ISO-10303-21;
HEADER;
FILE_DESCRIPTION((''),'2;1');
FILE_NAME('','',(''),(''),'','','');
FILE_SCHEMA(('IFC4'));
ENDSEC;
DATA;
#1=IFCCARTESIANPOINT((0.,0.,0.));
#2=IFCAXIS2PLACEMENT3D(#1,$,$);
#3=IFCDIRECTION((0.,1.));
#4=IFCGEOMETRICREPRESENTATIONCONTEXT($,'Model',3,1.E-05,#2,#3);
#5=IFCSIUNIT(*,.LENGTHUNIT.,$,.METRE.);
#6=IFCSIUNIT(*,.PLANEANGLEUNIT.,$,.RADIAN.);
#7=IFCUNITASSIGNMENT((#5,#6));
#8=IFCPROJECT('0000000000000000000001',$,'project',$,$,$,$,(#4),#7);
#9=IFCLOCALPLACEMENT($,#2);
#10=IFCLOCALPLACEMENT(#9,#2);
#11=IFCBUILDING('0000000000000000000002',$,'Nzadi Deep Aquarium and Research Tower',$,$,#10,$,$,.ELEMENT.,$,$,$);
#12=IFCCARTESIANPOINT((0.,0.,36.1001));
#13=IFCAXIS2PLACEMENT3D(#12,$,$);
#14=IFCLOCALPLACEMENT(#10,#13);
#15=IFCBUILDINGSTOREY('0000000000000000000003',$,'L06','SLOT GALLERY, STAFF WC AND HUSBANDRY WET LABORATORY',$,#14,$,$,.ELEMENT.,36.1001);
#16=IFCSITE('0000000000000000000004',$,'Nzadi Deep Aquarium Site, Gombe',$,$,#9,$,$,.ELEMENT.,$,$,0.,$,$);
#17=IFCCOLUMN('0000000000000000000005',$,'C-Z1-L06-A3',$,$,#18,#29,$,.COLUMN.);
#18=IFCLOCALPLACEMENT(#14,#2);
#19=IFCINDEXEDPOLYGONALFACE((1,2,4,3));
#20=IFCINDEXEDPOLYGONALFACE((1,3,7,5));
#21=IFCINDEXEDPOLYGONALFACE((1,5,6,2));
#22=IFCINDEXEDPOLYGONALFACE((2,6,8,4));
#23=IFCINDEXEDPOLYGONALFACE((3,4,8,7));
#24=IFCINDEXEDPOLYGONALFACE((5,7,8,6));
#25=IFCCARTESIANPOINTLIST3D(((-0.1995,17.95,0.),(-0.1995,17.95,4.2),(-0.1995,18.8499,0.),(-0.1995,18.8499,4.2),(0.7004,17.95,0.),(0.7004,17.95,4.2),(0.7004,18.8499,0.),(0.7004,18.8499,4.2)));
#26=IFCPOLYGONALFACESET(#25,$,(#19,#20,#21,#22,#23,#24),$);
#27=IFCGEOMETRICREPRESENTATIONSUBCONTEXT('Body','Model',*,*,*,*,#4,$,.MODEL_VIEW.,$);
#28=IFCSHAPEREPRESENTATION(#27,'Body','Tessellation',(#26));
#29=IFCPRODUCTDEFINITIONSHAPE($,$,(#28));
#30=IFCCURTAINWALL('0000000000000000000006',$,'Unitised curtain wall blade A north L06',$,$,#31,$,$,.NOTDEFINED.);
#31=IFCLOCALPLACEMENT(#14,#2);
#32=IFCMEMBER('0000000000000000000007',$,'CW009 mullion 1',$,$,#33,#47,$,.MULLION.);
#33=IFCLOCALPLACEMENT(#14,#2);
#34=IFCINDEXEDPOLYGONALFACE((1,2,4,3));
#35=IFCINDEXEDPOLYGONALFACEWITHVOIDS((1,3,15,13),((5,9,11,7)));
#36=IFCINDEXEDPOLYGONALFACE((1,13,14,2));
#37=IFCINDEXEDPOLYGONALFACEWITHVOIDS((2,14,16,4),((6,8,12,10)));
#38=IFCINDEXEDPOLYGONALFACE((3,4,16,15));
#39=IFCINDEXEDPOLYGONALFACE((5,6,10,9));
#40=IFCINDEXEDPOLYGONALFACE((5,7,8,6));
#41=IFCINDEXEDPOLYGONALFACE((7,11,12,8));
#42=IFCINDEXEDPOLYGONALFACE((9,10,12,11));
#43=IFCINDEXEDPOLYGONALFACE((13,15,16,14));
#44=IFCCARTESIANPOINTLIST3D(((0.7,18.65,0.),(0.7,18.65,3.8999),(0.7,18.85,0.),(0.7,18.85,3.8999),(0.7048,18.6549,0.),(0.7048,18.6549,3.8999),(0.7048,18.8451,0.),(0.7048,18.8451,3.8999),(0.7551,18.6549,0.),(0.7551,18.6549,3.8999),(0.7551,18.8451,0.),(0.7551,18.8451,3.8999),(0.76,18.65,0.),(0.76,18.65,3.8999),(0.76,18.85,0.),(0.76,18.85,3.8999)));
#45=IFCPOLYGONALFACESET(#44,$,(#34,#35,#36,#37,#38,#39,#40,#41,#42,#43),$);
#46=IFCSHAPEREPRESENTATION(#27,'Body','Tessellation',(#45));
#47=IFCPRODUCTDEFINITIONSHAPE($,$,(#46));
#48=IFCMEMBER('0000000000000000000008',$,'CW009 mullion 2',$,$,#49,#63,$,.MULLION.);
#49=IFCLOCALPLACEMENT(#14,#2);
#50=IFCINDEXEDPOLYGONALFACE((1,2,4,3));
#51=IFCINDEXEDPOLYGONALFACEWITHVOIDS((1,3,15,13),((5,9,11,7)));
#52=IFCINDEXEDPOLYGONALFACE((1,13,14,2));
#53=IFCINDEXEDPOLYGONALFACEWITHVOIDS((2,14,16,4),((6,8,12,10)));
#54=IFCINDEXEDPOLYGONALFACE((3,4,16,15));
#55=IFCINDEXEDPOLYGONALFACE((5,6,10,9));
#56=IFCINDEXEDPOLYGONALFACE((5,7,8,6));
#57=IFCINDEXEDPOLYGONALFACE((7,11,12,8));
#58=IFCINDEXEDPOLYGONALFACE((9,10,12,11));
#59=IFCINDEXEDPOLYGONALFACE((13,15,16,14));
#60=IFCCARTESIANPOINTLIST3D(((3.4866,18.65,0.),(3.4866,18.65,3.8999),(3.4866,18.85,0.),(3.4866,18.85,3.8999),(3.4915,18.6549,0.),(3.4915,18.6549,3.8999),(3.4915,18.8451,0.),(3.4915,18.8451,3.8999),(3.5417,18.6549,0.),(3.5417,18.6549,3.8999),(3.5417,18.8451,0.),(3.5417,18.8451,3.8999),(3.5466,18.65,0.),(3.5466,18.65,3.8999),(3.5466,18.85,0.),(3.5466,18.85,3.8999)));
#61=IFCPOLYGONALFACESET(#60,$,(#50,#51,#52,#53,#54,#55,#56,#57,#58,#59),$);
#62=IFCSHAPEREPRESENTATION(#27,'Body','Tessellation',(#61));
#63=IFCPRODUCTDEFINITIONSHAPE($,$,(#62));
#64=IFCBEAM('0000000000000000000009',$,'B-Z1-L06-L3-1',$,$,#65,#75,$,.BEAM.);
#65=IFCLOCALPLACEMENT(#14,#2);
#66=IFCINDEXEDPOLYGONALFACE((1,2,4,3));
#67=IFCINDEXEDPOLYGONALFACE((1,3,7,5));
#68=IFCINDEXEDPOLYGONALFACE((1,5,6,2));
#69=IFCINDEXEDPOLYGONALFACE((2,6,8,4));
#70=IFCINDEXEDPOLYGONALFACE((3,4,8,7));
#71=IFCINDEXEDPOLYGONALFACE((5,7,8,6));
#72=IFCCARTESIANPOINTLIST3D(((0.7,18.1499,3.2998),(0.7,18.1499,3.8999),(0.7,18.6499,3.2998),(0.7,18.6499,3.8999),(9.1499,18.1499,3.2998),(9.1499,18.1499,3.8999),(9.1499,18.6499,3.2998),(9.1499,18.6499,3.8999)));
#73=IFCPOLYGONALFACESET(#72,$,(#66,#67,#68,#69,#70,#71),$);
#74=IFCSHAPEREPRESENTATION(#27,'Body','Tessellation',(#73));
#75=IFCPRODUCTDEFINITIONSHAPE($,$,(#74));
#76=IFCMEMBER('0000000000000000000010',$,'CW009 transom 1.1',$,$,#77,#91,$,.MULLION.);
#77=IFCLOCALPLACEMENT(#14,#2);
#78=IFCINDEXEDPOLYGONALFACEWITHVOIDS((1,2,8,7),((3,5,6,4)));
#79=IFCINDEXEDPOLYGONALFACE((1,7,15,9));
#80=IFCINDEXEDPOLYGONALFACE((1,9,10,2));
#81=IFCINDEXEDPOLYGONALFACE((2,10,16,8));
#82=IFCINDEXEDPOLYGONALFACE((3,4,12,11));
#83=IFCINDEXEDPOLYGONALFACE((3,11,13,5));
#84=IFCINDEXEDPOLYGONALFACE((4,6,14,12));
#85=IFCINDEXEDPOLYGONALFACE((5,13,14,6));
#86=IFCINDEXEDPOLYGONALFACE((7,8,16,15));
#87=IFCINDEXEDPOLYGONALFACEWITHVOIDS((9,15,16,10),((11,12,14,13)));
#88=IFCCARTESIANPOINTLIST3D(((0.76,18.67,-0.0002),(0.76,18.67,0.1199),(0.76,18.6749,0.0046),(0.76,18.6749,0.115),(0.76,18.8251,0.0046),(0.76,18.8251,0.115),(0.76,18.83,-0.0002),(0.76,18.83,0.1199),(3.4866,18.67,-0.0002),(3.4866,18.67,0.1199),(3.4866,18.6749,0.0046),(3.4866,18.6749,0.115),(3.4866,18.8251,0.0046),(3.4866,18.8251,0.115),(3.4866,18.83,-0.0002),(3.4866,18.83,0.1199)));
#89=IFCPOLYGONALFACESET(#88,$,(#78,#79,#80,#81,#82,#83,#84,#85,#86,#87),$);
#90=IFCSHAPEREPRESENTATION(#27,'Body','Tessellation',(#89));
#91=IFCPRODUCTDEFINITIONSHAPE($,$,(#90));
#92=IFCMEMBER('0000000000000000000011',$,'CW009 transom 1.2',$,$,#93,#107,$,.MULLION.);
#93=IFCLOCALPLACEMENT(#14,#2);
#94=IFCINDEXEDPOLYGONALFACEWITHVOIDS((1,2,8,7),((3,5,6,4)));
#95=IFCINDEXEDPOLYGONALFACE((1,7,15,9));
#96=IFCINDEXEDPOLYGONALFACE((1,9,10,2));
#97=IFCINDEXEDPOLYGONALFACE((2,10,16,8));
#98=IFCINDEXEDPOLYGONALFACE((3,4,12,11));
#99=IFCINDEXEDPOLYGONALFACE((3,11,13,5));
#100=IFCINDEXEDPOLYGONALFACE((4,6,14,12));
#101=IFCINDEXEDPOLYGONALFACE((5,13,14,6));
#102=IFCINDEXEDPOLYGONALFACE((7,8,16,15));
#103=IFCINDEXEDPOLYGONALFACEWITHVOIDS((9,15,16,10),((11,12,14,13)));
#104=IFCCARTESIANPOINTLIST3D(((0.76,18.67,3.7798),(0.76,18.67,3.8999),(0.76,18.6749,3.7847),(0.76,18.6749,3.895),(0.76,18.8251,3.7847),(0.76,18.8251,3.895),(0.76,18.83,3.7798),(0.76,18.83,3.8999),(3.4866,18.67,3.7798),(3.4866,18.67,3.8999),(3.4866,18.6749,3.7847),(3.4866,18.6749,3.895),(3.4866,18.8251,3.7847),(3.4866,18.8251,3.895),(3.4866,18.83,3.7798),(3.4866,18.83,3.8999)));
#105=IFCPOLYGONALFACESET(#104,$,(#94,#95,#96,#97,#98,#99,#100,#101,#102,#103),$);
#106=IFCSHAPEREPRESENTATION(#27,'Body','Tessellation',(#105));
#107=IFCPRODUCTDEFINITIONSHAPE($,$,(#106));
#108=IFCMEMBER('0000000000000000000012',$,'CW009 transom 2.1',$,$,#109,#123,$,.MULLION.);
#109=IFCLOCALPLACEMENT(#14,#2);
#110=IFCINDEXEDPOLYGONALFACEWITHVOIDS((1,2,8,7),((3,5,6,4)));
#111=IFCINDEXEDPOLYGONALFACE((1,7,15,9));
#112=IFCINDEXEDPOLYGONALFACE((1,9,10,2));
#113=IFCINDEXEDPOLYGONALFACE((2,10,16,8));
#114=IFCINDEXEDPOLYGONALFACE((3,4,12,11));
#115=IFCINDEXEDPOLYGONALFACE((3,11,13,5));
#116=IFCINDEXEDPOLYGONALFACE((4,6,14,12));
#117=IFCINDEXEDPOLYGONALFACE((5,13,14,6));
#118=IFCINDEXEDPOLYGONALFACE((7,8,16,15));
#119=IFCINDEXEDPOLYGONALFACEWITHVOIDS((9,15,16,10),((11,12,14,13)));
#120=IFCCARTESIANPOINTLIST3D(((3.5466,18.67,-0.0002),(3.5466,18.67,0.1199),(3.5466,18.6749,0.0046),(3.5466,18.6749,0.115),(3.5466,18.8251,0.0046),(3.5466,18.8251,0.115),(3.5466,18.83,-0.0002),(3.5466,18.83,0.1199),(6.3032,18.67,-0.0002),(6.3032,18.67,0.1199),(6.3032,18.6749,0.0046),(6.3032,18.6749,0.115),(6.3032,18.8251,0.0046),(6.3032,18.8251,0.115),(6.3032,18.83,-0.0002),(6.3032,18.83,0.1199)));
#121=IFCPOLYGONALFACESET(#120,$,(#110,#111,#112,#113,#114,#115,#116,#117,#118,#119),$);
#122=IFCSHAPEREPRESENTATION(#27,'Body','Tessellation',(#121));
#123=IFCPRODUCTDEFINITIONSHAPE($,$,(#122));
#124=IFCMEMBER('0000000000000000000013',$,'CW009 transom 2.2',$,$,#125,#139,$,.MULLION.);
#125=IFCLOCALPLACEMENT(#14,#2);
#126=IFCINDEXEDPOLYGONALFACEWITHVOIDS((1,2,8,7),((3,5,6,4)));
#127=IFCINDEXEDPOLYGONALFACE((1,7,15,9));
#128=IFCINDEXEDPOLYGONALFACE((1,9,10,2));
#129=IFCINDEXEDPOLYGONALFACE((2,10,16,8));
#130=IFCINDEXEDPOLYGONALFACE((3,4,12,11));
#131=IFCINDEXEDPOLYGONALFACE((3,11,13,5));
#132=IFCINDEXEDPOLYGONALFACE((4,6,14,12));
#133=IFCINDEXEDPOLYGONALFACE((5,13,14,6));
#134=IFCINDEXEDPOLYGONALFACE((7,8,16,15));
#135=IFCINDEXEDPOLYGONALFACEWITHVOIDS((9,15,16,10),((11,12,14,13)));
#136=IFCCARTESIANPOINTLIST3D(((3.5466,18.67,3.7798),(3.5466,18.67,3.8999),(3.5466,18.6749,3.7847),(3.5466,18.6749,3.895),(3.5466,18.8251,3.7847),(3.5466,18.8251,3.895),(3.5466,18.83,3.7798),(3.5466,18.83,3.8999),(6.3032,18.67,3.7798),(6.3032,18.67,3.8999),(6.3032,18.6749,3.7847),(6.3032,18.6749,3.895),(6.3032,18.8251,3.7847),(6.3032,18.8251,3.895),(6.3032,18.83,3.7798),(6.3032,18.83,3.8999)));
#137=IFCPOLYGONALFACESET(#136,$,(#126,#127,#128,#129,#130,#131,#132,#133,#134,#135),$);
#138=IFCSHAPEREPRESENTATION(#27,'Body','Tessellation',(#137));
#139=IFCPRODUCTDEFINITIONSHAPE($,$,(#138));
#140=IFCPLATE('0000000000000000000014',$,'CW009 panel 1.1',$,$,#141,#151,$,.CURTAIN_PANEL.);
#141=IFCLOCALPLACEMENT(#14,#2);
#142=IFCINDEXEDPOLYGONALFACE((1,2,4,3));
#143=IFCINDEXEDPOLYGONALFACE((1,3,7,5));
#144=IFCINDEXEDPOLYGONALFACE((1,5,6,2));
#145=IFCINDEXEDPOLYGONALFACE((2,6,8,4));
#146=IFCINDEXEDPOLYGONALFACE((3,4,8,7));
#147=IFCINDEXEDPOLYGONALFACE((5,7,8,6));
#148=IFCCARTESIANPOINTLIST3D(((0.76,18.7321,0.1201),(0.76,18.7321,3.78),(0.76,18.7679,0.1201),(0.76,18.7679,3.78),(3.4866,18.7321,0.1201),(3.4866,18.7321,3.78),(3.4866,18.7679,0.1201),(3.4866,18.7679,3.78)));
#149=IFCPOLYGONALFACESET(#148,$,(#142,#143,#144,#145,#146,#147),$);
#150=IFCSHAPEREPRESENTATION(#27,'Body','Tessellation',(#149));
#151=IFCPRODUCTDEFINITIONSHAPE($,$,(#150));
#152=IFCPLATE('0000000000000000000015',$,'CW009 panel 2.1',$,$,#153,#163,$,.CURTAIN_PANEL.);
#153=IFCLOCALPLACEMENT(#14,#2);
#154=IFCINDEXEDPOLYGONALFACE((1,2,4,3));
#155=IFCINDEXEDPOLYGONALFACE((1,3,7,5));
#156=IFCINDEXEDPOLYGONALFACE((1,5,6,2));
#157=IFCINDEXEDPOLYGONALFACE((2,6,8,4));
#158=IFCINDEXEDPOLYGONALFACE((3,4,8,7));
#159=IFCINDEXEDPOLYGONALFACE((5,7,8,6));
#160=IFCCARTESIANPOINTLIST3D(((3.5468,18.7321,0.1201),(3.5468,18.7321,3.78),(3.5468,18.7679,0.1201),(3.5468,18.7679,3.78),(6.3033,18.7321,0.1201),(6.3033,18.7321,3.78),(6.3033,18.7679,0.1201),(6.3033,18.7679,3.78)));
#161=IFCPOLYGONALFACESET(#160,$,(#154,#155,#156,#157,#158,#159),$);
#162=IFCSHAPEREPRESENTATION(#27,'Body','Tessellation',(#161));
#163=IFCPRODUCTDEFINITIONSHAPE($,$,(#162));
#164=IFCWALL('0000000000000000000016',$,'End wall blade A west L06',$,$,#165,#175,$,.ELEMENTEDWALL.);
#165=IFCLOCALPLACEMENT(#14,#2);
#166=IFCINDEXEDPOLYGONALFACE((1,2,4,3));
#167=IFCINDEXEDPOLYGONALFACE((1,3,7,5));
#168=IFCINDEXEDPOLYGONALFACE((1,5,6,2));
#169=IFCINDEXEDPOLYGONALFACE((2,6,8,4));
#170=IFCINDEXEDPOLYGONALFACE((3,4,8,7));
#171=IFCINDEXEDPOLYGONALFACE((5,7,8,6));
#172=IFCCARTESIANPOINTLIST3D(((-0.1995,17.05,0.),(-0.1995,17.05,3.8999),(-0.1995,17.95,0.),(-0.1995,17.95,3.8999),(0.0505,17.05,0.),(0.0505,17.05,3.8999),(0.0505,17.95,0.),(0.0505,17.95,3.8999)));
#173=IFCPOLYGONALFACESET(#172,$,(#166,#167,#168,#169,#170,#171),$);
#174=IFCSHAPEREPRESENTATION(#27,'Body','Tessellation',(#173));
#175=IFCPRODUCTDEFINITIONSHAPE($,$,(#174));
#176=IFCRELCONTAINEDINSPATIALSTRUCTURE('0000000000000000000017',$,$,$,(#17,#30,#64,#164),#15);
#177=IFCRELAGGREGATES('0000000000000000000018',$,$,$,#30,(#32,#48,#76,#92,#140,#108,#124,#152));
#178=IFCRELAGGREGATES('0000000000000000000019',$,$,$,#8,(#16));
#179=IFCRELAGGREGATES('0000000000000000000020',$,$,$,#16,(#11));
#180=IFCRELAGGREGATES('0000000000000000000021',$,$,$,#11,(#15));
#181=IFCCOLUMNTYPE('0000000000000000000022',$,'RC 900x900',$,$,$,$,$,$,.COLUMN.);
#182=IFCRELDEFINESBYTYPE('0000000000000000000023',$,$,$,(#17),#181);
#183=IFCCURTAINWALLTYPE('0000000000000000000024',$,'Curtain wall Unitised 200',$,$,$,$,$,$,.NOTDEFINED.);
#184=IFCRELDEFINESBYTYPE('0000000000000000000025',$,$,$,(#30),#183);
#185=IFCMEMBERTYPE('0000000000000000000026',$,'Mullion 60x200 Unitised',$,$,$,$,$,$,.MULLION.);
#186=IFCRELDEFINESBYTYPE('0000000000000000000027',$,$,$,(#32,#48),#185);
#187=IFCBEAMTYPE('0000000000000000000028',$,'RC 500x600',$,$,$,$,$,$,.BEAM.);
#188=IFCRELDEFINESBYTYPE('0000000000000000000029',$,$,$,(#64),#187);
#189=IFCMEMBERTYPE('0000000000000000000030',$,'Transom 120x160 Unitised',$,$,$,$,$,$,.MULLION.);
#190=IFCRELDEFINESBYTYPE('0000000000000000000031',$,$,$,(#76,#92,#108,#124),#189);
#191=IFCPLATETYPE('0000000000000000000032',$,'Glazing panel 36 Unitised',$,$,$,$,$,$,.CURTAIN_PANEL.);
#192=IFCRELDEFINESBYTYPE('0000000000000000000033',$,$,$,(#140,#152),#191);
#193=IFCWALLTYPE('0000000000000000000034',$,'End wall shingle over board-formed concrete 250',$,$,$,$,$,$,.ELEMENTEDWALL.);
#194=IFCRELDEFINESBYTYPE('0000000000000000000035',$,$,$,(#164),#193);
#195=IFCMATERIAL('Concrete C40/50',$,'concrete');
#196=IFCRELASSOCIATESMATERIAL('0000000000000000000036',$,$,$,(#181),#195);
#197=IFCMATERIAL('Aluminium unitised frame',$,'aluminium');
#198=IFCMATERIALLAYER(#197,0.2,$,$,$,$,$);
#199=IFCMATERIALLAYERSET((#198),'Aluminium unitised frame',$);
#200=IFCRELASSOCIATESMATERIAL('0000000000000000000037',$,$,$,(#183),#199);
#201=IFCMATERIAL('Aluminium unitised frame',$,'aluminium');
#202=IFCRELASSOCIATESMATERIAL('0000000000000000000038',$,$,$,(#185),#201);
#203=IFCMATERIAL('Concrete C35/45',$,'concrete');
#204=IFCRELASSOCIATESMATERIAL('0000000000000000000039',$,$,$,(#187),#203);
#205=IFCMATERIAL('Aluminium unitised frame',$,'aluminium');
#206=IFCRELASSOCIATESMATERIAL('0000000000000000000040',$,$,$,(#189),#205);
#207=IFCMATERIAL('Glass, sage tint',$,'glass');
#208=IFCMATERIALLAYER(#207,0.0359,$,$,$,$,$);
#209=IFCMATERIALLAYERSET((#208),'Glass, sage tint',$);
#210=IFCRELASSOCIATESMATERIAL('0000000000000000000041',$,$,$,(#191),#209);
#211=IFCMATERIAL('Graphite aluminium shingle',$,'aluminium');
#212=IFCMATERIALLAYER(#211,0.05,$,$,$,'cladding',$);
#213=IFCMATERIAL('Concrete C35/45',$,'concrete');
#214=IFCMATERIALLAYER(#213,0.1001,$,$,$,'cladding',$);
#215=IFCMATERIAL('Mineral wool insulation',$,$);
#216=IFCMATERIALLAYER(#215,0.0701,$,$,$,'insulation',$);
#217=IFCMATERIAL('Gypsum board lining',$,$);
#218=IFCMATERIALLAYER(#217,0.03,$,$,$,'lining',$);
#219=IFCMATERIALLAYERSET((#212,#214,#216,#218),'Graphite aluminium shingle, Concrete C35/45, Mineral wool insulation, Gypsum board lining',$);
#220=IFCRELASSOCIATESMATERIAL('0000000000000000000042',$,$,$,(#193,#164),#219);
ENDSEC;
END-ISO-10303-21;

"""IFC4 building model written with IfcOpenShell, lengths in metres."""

from ifc_helpers import new_model, si_unit, direction, frame, frame_2d, origin, origin_2d, place, context, subcontext, project, spatial, rectangle, hollow_rectangle, extrude, material, layer, layer_set, layer_usage, material_profile, profile_set, type_object, element, aggregate, save


model = new_model("IFC4")

# Units and contexts
model_context = context("Model", 3, precision=1e-05, world=origin(), true_north=direction((0.0, 1.0)))
body_context = subcontext(model_context, "Body", "Model", "MODEL_VIEW")
ifc_project = project(units=[si_unit("LENGTHUNIT", "METRE"), si_unit("PLANEANGLEUNIT", "RADIAN")], contexts=[model_context])

# Site, building, storey
site_placement = place(None, origin())
site = spatial("IfcSite", under=ifc_project, at=site_placement, Name="Nzadi Deep Aquarium Site, Gombe", CompositionType="ELEMENT", RefElevation=0.0)
building_placement = place(site_placement, origin())
building = spatial("IfcBuilding", under=site, at=building_placement, Name="Nzadi Deep Aquarium and Research Tower", CompositionType="ELEMENT")
storey_placement = place(building_placement, frame((0.0, 0.0, 36.1001)))
storey = spatial("IfcBuildingStorey", under=building, at=storey_placement, Name="L06", Description="SLOT GALLERY, STAFF WC AND HUSBANDRY WET LABORATORY", CompositionType="ELEMENT", Elevation=36.1001)

# Column
ifc_material_1 = material(Name="Concrete C40/50", Category="concrete")
ifc_material_profile_1 = material_profile(ifc_material_1, rectangle(XDim=0.8999, YDim=0.8999, at=origin_2d()))
ifc_profile_set_1 = profile_set([ifc_material_profile_1], Name="Concrete C40/50")
column_type = type_object("IfcColumnType", Name="RC 900x900", PredefinedType="COLUMN", material=ifc_profile_set_1)
column_placement = place(storey_placement, frame((0.2505, 18.3999, 0.0), z_axis=(0.0, 0.0, 1.0), x_axis=(1.0, 0.0, 0.0)))
element("IfcColumn", 1, at=column_placement, inside=storey, type_object=column_type, Name="C-Z1-L06-A3", PredefinedType="COLUMN", context=body_context, shape_type="SweptSolid", body=[
    extrude(rectangle(XDim=0.8999, YDim=0.8999, at=origin_2d()), origin(), (0.0, 0.0, 1.0), 4.2),
])

# Curtain wall, members
ifc_material_2 = material(Name="Aluminium unitised frame", Category="aluminium")
ifc_layer_1 = layer(ifc_material_2, 0.2)
ifc_layer_set_1 = layer_set([ifc_layer_1], Name="Aluminium unitised frame")
curtain_wall_type = type_object("IfcCurtainWallType", Name="Curtain wall Unitised 200", PredefinedType="NOTDEFINED", material=ifc_layer_set_1)
curtain_wall_placement = place(storey_placement, origin())
curtain_wall = element("IfcCurtainWall", 2, at=curtain_wall_placement, inside=storey, type_object=curtain_wall_type, Name="Unitised curtain wall blade A north L06", PredefinedType="NOTDEFINED")
ifc_material_3 = material(Name="Aluminium unitised frame", Category="aluminium")
ifc_material_profile_2 = material_profile(ifc_material_3, hollow_rectangle(XDim=0.2, YDim=0.0601, WallThickness=0.0049, at=origin_2d()))
ifc_profile_set_2 = profile_set([ifc_material_profile_2], Name="Aluminium unitised frame")
member_type_1 = type_object("IfcMemberType", Name="Mullion 60x200 Unitised", PredefinedType="MULLION", material=ifc_profile_set_2)
member_1_placement = place(storey_placement, frame((0.73, 18.75, 0.0), z_axis=(0.0, 0.0, 1.0), x_axis=(0.0, 1.0, 0.0)))
member_1 = element("IfcMember", 3, at=member_1_placement, type_object=member_type_1, Name="CW009 mullion 1", PredefinedType="MULLION", context=body_context, shape_type="SweptSolid", body=[
    extrude(hollow_rectangle(XDim=0.2, YDim=0.0601, WallThickness=0.0049, at=origin_2d()), origin(), (0.0, 0.0, 1.0), 3.8999),
])
member_2_placement = place(storey_placement, frame((3.5166, 18.75, 0.0), z_axis=(0.0, 0.0, 1.0), x_axis=(0.0, 1.0, 0.0)))
member_2 = element("IfcMember", 4, at=member_2_placement, type_object=member_type_1, Name="CW009 mullion 2", PredefinedType="MULLION", context=body_context, shape_type="SweptSolid", body=[
    extrude(hollow_rectangle(XDim=0.2, YDim=0.0601, WallThickness=0.0049, at=origin_2d()), origin(), (0.0, 0.0, 1.0), 3.8999),
])

# Beam
ifc_material_4 = material(Name="Concrete C35/45", Category="concrete")
ifc_material_profile_3 = material_profile(ifc_material_4, rectangle(XDim=0.5, YDim=0.6001, at=origin_2d()))
ifc_profile_set_3 = profile_set([ifc_material_profile_3], Name="Concrete C35/45")
beam_type = type_object("IfcBeamType", Name="RC 500x600", PredefinedType="BEAM", material=ifc_profile_set_3)
beam_placement = place(storey_placement, frame((0.7, 18.3999, 3.5999), z_axis=(1.0, 0.0, 0.0), x_axis=(0.0, 1.0, 0.0)))
element("IfcBeam", 5, at=beam_placement, inside=storey, type_object=beam_type, Name="B-Z1-L06-L3-1", PredefinedType="BEAM", context=body_context, shape_type="SweptSolid", body=[
    extrude(rectangle(XDim=0.5, YDim=0.6001, at=origin_2d()), origin(), (0.0, 0.0, 1.0), 8.45),
])

# Members
ifc_material_5 = material(Name="Aluminium unitised frame", Category="aluminium")
ifc_material_profile_4 = material_profile(ifc_material_5, hollow_rectangle(XDim=0.1599, YDim=0.1201, WallThickness=0.0049, at=origin_2d()))
ifc_profile_set_4 = profile_set([ifc_material_profile_4], Name="Aluminium unitised frame")
member_type_2 = type_object("IfcMemberType", Name="Transom 120x160 Unitised", PredefinedType="MULLION", material=ifc_profile_set_4)
member_3_placement = place(storey_placement, frame((0.76, 18.75, 0.0598), z_axis=(1.0, 0.0, 0.0), x_axis=(0.0, 1.0, 0.0)))
member_3 = element("IfcMember", 6, at=member_3_placement, type_object=member_type_2, Name="CW009 transom 1.1", PredefinedType="MULLION", context=body_context, shape_type="SweptSolid", body=[
    extrude(hollow_rectangle(XDim=0.1599, YDim=0.1201, WallThickness=0.0049, at=origin_2d()), origin(), (0.0, 0.0, 1.0), 2.7266),
])
member_4_placement = place(storey_placement, frame((0.76, 18.75, 3.8398), z_axis=(1.0, 0.0, 0.0), x_axis=(0.0, 1.0, 0.0)))
member_4 = element("IfcMember", 7, at=member_4_placement, type_object=member_type_2, Name="CW009 transom 1.2", PredefinedType="MULLION", context=body_context, shape_type="SweptSolid", body=[
    extrude(hollow_rectangle(XDim=0.1599, YDim=0.1201, WallThickness=0.0049, at=origin_2d()), origin(), (0.0, 0.0, 1.0), 2.7266),
])
member_5_placement = place(storey_placement, frame((3.5466, 18.75, 0.0598), z_axis=(1.0, 0.0, 0.0), x_axis=(0.0, 1.0, 0.0)))
member_5 = element("IfcMember", 8, at=member_5_placement, type_object=member_type_2, Name="CW009 transom 2.1", PredefinedType="MULLION", context=body_context, shape_type="SweptSolid", body=[
    extrude(hollow_rectangle(XDim=0.1599, YDim=0.1201, WallThickness=0.0049, at=origin_2d()), origin(), (0.0, 0.0, 1.0), 2.7566),
])
member_6_placement = place(storey_placement, frame((3.5466, 18.75, 3.8398), z_axis=(1.0, 0.0, 0.0), x_axis=(0.0, 1.0, 0.0)))
member_6 = element("IfcMember", 9, at=member_6_placement, type_object=member_type_2, Name="CW009 transom 2.2", PredefinedType="MULLION", context=body_context, shape_type="SweptSolid", body=[
    extrude(hollow_rectangle(XDim=0.1599, YDim=0.1201, WallThickness=0.0049, at=origin_2d()), origin(), (0.0, 0.0, 1.0), 2.7566),
])

# Plates
ifc_material_6 = material(Name="Glass, sage tint", Category="glass")
ifc_layer_2 = layer(ifc_material_6, 0.0359)
ifc_layer_set_2 = layer_set([ifc_layer_2], Name="Glass, sage tint")
plate_type = type_object("IfcPlateType", Name="Glazing panel 36 Unitised", PredefinedType="CURTAIN_PANEL", material=ifc_layer_set_2)
plate_1_placement = place(storey_placement, frame((2.1233, 18.75, 0.1201), z_axis=(0.0, 0.0, 1.0), x_axis=(1.0, 0.0, 0.0)))
plate_1 = element("IfcPlate", 10, at=plate_1_placement, type_object=plate_type, Name="CW009 panel 1.1", PredefinedType="CURTAIN_PANEL", context=body_context, shape_type="SweptSolid", body=[
    extrude(rectangle(XDim=2.7266, YDim=0.0359, at=origin_2d()), origin(), (0.0, 0.0, 1.0), 3.6599),
])
plate_2_placement = place(storey_placement, frame((4.925, 18.75, 0.1201), z_axis=(0.0, 0.0, 1.0), x_axis=(1.0, 0.0, 0.0)))
plate_2 = element("IfcPlate", 11, at=plate_2_placement, type_object=plate_type, Name="CW009 panel 2.1", PredefinedType="CURTAIN_PANEL", context=body_context, shape_type="SweptSolid", body=[
    extrude(rectangle(XDim=2.7566, YDim=0.0359, at=origin_2d()), origin(), (0.0, 0.0, 1.0), 3.6599),
])
aggregate(curtain_wall, [member_1, member_2, member_3, member_4, plate_1, member_5, member_6, plate_2])

# Wall
ifc_material_7 = material(Name="Graphite aluminium shingle", Category="aluminium")
ifc_layer_3 = layer(ifc_material_7, 0.05, Category="cladding")
ifc_material_8 = material(Name="Concrete C35/45", Category="concrete")
ifc_layer_4 = layer(ifc_material_8, 0.1001, Category="cladding")
ifc_material_9 = material(Name="Mineral wool insulation")
ifc_layer_5 = layer(ifc_material_9, 0.0701, Category="insulation")
ifc_material_10 = material(Name="Gypsum board lining")
ifc_layer_6 = layer(ifc_material_10, 0.03, Category="lining")
ifc_layer_set_3 = layer_set([ifc_layer_3, ifc_layer_4, ifc_layer_5, ifc_layer_6], Name="Graphite aluminium shingle, Concrete C35/45, Mineral wool insulation, Gypsum board lining")
ifc_layer_usage = layer_usage(ifc_layer_set_3, "AXIS2", "POSITIVE", -0.125)
wall_type_1 = type_object("IfcWallType", Name="End wall shingle over board-formed concrete 250", PredefinedType="ELEMENTEDWALL", material=ifc_layer_set_3)
wall_1_placement = place(storey_placement, frame((-0.0745, 17.95, 0.0), z_axis=(0.0, 0.0, 1.0), x_axis=(0.0, -1.0, 0.0)))
element("IfcWall", 12, at=wall_1_placement, inside=storey, type_object=wall_type_1, material=ifc_layer_usage, Name="End wall blade A west L06", PredefinedType="ELEMENTEDWALL", context=body_context, shape_type="SweptSolid", body=[
    extrude(rectangle(XDim=0.8999, YDim=0.25, at=frame_2d((0.45, 0.0))), origin(), (0.0, 0.0, 1.0), 3.8999),
])

save(model, "model.ifc")
